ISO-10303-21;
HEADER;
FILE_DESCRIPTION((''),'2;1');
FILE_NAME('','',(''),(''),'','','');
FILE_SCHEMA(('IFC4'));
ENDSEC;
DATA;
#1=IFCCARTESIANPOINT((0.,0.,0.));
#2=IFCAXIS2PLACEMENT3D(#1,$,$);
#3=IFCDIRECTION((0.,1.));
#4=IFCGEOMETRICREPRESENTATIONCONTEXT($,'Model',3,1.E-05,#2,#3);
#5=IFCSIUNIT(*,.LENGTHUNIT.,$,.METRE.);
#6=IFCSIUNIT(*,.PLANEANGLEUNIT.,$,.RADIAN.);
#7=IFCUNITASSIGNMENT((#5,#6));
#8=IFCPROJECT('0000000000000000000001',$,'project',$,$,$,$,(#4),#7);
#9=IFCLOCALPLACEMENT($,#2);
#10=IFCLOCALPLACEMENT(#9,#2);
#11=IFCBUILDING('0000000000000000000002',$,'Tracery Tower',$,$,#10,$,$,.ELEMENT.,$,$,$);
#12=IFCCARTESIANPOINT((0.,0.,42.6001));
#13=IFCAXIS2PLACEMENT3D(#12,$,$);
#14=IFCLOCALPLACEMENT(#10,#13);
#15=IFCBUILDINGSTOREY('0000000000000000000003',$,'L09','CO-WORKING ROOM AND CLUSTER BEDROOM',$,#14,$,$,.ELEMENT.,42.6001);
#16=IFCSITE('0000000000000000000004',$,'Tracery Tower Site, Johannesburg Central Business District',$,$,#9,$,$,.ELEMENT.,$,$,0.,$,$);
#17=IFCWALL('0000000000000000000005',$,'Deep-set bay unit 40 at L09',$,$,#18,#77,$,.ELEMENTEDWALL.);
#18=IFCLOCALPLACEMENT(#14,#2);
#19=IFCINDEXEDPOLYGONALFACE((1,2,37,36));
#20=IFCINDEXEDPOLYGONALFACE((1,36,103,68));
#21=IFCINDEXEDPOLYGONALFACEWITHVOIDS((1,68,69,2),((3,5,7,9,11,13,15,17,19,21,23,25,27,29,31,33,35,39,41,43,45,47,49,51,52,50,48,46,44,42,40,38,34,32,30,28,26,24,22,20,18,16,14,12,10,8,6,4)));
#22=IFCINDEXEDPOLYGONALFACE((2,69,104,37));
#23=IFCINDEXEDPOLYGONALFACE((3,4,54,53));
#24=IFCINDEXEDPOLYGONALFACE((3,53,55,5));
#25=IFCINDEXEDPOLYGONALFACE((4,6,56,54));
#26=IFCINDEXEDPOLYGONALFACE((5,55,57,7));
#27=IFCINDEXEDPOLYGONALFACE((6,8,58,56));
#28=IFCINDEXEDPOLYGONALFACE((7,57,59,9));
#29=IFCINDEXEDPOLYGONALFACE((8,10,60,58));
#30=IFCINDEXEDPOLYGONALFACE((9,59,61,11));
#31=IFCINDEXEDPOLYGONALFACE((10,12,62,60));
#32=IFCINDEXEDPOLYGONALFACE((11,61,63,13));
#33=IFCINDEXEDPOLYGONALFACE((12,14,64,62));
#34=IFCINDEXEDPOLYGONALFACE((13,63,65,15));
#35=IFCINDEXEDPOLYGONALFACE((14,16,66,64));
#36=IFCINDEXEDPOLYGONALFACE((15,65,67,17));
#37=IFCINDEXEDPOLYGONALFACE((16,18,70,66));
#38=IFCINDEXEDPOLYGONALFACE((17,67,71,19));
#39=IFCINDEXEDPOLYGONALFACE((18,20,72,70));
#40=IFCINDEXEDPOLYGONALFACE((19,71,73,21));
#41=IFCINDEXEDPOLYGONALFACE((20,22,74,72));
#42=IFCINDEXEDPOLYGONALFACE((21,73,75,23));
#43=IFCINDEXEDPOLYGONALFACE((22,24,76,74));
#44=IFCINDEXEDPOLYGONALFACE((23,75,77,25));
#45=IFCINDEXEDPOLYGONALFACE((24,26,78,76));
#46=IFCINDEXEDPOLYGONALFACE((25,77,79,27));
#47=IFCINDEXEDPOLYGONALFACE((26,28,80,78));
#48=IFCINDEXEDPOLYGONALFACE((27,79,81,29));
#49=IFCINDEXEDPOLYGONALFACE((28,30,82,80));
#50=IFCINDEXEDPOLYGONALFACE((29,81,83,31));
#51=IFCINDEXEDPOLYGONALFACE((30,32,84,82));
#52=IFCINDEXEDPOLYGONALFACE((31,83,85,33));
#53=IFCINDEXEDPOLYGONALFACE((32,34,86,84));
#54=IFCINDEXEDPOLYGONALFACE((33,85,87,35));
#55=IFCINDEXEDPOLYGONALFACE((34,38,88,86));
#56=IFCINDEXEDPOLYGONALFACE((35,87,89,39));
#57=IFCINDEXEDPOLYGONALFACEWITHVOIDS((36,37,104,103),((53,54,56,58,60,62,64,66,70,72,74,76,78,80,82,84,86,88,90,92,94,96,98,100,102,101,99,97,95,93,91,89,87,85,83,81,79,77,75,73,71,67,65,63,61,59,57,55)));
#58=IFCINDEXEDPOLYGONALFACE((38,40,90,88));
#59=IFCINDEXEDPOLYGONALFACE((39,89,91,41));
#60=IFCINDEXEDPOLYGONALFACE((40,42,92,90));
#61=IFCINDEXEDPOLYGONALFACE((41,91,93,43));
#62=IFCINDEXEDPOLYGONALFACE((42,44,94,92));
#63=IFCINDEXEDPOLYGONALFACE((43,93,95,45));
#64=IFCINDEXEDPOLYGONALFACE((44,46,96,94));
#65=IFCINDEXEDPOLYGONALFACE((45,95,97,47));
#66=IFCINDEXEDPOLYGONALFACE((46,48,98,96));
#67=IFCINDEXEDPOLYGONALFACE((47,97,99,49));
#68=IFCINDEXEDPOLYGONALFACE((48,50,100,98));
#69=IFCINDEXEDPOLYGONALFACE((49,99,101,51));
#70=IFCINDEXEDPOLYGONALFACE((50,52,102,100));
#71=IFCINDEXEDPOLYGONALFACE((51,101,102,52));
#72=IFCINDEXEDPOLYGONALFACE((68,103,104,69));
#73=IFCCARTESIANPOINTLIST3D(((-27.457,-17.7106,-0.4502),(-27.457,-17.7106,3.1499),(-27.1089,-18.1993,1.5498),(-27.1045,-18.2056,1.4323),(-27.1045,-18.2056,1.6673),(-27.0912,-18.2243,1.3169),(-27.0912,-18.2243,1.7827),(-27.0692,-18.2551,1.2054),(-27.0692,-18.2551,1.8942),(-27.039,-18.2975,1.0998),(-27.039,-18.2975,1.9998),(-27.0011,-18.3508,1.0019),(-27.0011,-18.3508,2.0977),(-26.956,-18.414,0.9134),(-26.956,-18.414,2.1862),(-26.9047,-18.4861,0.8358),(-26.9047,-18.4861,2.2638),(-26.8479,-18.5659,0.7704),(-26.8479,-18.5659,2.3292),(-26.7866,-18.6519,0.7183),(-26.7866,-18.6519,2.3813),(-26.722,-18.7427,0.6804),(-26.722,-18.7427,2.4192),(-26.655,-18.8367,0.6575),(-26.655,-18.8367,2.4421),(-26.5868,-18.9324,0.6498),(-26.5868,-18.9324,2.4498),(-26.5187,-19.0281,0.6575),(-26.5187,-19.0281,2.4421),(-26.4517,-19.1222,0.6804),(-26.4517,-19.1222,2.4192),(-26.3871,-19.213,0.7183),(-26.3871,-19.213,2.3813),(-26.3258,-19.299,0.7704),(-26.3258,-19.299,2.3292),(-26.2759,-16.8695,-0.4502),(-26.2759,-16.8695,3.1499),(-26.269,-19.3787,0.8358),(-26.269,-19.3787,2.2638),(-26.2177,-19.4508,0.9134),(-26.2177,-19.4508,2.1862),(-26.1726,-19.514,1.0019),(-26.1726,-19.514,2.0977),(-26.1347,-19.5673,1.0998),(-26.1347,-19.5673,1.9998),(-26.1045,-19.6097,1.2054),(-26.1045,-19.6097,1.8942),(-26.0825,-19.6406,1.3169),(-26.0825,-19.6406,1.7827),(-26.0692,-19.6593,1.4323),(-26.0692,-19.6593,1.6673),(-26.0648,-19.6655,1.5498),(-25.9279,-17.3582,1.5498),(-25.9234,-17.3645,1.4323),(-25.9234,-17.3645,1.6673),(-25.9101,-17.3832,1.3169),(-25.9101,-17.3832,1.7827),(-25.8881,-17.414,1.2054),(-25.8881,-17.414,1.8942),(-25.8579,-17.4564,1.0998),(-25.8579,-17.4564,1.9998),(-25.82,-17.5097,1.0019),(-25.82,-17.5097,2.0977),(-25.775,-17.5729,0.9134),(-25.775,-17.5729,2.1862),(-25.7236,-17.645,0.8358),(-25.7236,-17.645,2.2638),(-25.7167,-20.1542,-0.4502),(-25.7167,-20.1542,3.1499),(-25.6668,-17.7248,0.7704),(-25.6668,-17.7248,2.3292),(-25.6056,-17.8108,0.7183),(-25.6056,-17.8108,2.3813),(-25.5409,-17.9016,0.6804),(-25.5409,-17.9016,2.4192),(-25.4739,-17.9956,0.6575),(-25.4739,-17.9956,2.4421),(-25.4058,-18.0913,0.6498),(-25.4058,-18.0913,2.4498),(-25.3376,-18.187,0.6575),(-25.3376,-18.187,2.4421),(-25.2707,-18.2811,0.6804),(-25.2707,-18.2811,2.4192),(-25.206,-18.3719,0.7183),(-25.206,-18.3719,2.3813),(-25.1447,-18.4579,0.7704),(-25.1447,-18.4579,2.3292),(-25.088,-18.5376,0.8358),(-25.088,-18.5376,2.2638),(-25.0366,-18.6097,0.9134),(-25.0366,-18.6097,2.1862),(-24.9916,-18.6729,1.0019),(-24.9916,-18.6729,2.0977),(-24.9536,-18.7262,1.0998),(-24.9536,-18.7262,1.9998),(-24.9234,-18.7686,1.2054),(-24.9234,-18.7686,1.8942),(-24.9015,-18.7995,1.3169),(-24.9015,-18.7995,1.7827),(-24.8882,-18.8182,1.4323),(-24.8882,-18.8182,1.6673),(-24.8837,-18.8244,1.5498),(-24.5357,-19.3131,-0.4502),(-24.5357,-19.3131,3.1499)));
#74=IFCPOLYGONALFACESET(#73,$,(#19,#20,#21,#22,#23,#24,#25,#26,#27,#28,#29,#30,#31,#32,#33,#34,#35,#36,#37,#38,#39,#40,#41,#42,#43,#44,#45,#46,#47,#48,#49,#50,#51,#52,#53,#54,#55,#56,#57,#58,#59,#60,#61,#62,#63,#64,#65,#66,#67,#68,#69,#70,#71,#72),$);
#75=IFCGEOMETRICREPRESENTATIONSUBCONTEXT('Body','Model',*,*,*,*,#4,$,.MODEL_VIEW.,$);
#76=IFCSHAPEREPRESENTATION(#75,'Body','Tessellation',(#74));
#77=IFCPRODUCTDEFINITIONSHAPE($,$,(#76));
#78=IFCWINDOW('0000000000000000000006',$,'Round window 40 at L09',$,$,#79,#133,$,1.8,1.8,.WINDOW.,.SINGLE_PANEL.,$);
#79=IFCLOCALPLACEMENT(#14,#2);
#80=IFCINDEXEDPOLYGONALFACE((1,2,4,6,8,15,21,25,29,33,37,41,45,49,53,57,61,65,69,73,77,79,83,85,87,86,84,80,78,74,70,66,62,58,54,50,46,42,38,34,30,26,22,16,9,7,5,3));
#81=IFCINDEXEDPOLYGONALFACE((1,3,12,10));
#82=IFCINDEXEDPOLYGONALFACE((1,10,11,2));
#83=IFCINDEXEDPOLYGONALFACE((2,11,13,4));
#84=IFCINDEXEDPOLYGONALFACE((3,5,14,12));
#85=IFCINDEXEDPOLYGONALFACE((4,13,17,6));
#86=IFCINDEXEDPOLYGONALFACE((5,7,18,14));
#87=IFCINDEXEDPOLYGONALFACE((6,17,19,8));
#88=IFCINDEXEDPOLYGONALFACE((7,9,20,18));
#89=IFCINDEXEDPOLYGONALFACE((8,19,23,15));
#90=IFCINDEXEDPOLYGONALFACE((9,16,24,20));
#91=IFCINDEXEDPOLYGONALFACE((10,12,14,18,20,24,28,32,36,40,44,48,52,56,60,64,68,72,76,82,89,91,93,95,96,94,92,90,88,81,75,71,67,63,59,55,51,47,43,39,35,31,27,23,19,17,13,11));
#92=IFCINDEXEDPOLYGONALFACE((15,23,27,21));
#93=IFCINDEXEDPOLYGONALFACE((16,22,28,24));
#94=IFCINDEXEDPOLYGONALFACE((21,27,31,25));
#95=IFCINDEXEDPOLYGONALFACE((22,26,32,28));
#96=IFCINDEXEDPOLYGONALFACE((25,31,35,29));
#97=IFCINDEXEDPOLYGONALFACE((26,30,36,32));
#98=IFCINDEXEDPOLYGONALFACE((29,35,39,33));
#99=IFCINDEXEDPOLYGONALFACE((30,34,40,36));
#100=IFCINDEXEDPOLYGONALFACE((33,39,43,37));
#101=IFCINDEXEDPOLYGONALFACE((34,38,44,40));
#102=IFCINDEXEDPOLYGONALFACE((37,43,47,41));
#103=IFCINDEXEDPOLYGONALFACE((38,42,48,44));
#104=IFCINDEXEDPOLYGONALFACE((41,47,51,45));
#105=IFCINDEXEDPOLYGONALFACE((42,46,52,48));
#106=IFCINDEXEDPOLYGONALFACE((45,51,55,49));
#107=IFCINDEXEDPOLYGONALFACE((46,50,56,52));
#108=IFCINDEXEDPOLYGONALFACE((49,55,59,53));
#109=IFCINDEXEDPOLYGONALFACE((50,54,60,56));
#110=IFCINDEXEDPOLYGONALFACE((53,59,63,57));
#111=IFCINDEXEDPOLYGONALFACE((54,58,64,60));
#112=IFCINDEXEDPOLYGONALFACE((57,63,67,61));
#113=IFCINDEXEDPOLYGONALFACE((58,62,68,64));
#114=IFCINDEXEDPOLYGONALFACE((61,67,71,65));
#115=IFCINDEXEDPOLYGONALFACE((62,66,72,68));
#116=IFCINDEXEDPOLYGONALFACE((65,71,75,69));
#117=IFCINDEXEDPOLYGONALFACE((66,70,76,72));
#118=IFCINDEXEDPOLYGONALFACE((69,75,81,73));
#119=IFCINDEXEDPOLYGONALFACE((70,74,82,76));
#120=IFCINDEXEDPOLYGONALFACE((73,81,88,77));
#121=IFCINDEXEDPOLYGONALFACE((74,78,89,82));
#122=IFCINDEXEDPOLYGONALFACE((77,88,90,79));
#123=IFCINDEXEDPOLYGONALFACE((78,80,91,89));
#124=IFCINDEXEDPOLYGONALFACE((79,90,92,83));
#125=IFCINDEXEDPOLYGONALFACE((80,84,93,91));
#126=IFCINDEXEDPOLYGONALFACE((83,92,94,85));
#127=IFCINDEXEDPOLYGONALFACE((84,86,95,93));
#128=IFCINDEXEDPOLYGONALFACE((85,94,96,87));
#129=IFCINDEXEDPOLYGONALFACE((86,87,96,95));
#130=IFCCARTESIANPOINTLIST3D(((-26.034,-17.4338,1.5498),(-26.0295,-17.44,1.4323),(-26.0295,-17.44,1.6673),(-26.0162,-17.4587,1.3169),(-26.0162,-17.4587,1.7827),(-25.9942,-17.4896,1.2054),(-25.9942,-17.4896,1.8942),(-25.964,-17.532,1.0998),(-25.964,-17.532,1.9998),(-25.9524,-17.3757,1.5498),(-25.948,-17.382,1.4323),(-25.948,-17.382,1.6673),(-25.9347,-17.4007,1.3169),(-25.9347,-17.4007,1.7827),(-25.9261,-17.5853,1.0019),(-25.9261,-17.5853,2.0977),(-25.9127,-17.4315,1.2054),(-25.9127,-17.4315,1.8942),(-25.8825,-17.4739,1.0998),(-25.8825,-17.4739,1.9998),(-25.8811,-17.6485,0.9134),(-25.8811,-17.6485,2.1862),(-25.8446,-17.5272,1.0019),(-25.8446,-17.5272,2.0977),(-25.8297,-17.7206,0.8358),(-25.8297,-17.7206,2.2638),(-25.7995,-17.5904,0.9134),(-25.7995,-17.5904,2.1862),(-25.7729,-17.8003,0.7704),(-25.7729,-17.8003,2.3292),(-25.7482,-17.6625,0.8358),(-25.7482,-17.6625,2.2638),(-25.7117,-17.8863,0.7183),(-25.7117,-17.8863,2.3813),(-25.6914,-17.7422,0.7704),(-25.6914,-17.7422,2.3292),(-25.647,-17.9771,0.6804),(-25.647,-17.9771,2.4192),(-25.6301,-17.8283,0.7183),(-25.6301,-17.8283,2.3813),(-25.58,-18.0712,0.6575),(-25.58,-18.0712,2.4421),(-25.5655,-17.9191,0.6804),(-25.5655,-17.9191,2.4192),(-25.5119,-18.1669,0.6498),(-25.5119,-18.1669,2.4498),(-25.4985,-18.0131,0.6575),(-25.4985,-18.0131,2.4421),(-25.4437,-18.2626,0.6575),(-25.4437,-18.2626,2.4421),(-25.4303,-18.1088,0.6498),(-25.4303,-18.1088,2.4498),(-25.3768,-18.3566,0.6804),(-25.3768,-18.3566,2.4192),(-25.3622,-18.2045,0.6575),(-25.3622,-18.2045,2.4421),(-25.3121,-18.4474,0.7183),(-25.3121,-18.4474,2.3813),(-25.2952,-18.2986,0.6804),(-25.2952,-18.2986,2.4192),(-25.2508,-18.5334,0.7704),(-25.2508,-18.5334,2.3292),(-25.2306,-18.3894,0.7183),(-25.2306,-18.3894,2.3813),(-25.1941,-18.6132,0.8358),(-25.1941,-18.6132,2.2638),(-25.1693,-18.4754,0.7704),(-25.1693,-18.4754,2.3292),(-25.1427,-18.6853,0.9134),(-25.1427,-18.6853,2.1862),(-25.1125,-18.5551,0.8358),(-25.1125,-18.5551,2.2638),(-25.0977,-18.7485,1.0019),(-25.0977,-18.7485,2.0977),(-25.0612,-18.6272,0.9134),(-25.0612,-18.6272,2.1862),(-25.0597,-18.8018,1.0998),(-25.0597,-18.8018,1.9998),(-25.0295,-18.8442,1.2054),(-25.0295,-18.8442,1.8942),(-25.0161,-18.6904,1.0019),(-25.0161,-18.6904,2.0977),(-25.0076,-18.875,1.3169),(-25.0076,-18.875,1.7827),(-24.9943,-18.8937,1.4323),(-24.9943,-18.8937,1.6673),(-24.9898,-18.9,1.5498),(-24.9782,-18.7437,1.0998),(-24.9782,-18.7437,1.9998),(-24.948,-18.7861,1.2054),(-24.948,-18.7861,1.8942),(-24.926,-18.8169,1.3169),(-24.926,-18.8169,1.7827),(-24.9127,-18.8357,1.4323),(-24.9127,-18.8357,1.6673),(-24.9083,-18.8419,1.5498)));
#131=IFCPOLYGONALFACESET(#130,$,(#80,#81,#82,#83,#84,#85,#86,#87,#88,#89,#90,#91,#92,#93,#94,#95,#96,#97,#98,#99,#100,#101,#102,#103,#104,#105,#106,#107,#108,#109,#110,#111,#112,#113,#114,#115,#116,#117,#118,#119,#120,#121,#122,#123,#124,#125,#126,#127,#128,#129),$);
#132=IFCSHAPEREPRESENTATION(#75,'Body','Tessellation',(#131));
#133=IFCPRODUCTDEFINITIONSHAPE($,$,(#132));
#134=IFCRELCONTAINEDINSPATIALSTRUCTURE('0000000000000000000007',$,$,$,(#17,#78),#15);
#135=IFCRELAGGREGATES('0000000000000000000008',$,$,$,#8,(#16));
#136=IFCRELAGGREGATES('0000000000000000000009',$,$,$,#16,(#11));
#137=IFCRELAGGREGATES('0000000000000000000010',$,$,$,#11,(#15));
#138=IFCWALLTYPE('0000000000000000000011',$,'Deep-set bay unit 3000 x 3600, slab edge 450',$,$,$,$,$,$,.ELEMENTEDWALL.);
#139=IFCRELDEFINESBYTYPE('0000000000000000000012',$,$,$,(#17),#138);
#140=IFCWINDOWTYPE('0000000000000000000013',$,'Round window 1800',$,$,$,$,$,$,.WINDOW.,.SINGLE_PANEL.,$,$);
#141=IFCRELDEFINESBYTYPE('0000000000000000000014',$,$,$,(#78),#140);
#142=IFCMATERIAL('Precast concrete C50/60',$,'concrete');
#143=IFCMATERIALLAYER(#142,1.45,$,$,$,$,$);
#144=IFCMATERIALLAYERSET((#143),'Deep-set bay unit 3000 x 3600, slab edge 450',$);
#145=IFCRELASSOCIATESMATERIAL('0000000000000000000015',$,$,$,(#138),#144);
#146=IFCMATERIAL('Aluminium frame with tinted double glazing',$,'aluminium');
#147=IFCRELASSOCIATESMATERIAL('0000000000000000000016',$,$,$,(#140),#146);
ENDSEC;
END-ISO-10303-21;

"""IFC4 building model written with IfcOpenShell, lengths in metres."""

from ifc_helpers import new_model, si_unit, direction, frame, frame_2d, origin, origin_2d, place, context, subcontext, project, spatial, rectangle, circle, extrude, material, layer, layer_set, type_object, element, fill, save


model = new_model("IFC4")

# Units and contexts
model_context = context("Model", 3, precision=1e-05, world=origin(), true_north=direction((0.0, 1.0)))
body_context = subcontext(model_context, "Body", "Model", "MODEL_VIEW")
ifc_project = project(units=[si_unit("LENGTHUNIT", "METRE"), si_unit("PLANEANGLEUNIT", "RADIAN")], contexts=[model_context])

# Site, building, storey
site_placement = place(None, origin())
site = spatial("IfcSite", under=ifc_project, at=site_placement, Name="Tracery Tower Site, Johannesburg Central Business District", CompositionType="ELEMENT", RefElevation=0.0)
building_placement = place(site_placement, origin())
building = spatial("IfcBuilding", under=site, at=building_placement, Name="Tracery Tower", CompositionType="ELEMENT")
storey_placement = place(building_placement, frame((0.0, 0.0, 42.6001)))
storey = spatial("IfcBuildingStorey", under=building, at=storey_placement, Name="L09", Description="CO-WORKING ROOM AND CLUSTER BEDROOM", CompositionType="ELEMENT", Elevation=42.6001)

# Wall, opening, window
ifc_material_1 = material(Name="Precast concrete C50/60", Category="concrete")
ifc_layer_1 = layer(ifc_material_1, 1.45)
ifc_layer_set_1 = layer_set([ifc_layer_1], Name="Deep-set bay unit 3000 x 3600, slab edge 450")
wall_type_1 = type_object("IfcWallType", Name="Deep-set bay unit 3000 x 3600, slab edge 450", PredefinedType="ELEMENTEDWALL", material=ifc_layer_set_1)
ifc_material_2 = material(Name="Aluminium frame with tinted double glazing", Category="aluminium")
window_type = type_object("IfcWindowType", Name="Round window 1800", PartitioningType="SINGLE_PANEL", PredefinedType="WINDOW", material=ifc_material_2)
wall_1_placement = place(storey_placement, frame((-26.8665, -17.29, -0.4502), z_axis=(0.0, 0.0, 1.0), x_axis=(0.580091, -0.814552, 0.0)))
wall_1 = element("IfcWall", 1, at=wall_1_placement, inside=storey, type_object=wall_type_1, Name="Deep-set bay unit 40 at L09", PredefinedType="ELEMENTEDWALL", context=body_context, shape_type="SweptSolid", body=[
    extrude(rectangle(XDim=3.0, YDim=1.45, at=frame_2d((1.5, 0.0))), origin(), (0.0, 0.0, 1.0), 3.6001),
])
opening_1_placement = place(wall_1_placement, frame((1.5, 0.0, 2.0)))
opening_1 = element("IfcOpeningElement", 2, at=opening_1_placement, cuts=wall_1, PredefinedType="OPENING", context=body_context, shape_type="SweptSolid", body=[
    extrude(circle(Radius=0.9, at=origin_2d()), frame((0.0, 0.7349, 0.0), z_axis=(0.0, -1.0, 0.0), x_axis=(1.0, 0.0, 0.0)), (0.0, 0.0, 1.0), 1.47),
])
window_1_placement = place(opening_1_placement, origin())
window_1 = element("IfcWindow", 3, at=window_1_placement, inside=storey, type_object=window_type, Name="Round window 40 at L09", OverallHeight=1.8, OverallWidth=1.8, PartitioningType="SINGLE_PANEL", PredefinedType="WINDOW", context=body_context, shape_type="SweptSolid", body=[
    extrude(circle(Radius=0.9, at=origin_2d()), frame((0.0, 0.6948, 0.0), z_axis=(0.0, -1.0, 0.0), x_axis=(1.0, 0.0, 0.0)), (0.0, 0.0, 1.0), 0.1001),
])
fill(opening_1, window_1)

save(model, "model.ifc")
